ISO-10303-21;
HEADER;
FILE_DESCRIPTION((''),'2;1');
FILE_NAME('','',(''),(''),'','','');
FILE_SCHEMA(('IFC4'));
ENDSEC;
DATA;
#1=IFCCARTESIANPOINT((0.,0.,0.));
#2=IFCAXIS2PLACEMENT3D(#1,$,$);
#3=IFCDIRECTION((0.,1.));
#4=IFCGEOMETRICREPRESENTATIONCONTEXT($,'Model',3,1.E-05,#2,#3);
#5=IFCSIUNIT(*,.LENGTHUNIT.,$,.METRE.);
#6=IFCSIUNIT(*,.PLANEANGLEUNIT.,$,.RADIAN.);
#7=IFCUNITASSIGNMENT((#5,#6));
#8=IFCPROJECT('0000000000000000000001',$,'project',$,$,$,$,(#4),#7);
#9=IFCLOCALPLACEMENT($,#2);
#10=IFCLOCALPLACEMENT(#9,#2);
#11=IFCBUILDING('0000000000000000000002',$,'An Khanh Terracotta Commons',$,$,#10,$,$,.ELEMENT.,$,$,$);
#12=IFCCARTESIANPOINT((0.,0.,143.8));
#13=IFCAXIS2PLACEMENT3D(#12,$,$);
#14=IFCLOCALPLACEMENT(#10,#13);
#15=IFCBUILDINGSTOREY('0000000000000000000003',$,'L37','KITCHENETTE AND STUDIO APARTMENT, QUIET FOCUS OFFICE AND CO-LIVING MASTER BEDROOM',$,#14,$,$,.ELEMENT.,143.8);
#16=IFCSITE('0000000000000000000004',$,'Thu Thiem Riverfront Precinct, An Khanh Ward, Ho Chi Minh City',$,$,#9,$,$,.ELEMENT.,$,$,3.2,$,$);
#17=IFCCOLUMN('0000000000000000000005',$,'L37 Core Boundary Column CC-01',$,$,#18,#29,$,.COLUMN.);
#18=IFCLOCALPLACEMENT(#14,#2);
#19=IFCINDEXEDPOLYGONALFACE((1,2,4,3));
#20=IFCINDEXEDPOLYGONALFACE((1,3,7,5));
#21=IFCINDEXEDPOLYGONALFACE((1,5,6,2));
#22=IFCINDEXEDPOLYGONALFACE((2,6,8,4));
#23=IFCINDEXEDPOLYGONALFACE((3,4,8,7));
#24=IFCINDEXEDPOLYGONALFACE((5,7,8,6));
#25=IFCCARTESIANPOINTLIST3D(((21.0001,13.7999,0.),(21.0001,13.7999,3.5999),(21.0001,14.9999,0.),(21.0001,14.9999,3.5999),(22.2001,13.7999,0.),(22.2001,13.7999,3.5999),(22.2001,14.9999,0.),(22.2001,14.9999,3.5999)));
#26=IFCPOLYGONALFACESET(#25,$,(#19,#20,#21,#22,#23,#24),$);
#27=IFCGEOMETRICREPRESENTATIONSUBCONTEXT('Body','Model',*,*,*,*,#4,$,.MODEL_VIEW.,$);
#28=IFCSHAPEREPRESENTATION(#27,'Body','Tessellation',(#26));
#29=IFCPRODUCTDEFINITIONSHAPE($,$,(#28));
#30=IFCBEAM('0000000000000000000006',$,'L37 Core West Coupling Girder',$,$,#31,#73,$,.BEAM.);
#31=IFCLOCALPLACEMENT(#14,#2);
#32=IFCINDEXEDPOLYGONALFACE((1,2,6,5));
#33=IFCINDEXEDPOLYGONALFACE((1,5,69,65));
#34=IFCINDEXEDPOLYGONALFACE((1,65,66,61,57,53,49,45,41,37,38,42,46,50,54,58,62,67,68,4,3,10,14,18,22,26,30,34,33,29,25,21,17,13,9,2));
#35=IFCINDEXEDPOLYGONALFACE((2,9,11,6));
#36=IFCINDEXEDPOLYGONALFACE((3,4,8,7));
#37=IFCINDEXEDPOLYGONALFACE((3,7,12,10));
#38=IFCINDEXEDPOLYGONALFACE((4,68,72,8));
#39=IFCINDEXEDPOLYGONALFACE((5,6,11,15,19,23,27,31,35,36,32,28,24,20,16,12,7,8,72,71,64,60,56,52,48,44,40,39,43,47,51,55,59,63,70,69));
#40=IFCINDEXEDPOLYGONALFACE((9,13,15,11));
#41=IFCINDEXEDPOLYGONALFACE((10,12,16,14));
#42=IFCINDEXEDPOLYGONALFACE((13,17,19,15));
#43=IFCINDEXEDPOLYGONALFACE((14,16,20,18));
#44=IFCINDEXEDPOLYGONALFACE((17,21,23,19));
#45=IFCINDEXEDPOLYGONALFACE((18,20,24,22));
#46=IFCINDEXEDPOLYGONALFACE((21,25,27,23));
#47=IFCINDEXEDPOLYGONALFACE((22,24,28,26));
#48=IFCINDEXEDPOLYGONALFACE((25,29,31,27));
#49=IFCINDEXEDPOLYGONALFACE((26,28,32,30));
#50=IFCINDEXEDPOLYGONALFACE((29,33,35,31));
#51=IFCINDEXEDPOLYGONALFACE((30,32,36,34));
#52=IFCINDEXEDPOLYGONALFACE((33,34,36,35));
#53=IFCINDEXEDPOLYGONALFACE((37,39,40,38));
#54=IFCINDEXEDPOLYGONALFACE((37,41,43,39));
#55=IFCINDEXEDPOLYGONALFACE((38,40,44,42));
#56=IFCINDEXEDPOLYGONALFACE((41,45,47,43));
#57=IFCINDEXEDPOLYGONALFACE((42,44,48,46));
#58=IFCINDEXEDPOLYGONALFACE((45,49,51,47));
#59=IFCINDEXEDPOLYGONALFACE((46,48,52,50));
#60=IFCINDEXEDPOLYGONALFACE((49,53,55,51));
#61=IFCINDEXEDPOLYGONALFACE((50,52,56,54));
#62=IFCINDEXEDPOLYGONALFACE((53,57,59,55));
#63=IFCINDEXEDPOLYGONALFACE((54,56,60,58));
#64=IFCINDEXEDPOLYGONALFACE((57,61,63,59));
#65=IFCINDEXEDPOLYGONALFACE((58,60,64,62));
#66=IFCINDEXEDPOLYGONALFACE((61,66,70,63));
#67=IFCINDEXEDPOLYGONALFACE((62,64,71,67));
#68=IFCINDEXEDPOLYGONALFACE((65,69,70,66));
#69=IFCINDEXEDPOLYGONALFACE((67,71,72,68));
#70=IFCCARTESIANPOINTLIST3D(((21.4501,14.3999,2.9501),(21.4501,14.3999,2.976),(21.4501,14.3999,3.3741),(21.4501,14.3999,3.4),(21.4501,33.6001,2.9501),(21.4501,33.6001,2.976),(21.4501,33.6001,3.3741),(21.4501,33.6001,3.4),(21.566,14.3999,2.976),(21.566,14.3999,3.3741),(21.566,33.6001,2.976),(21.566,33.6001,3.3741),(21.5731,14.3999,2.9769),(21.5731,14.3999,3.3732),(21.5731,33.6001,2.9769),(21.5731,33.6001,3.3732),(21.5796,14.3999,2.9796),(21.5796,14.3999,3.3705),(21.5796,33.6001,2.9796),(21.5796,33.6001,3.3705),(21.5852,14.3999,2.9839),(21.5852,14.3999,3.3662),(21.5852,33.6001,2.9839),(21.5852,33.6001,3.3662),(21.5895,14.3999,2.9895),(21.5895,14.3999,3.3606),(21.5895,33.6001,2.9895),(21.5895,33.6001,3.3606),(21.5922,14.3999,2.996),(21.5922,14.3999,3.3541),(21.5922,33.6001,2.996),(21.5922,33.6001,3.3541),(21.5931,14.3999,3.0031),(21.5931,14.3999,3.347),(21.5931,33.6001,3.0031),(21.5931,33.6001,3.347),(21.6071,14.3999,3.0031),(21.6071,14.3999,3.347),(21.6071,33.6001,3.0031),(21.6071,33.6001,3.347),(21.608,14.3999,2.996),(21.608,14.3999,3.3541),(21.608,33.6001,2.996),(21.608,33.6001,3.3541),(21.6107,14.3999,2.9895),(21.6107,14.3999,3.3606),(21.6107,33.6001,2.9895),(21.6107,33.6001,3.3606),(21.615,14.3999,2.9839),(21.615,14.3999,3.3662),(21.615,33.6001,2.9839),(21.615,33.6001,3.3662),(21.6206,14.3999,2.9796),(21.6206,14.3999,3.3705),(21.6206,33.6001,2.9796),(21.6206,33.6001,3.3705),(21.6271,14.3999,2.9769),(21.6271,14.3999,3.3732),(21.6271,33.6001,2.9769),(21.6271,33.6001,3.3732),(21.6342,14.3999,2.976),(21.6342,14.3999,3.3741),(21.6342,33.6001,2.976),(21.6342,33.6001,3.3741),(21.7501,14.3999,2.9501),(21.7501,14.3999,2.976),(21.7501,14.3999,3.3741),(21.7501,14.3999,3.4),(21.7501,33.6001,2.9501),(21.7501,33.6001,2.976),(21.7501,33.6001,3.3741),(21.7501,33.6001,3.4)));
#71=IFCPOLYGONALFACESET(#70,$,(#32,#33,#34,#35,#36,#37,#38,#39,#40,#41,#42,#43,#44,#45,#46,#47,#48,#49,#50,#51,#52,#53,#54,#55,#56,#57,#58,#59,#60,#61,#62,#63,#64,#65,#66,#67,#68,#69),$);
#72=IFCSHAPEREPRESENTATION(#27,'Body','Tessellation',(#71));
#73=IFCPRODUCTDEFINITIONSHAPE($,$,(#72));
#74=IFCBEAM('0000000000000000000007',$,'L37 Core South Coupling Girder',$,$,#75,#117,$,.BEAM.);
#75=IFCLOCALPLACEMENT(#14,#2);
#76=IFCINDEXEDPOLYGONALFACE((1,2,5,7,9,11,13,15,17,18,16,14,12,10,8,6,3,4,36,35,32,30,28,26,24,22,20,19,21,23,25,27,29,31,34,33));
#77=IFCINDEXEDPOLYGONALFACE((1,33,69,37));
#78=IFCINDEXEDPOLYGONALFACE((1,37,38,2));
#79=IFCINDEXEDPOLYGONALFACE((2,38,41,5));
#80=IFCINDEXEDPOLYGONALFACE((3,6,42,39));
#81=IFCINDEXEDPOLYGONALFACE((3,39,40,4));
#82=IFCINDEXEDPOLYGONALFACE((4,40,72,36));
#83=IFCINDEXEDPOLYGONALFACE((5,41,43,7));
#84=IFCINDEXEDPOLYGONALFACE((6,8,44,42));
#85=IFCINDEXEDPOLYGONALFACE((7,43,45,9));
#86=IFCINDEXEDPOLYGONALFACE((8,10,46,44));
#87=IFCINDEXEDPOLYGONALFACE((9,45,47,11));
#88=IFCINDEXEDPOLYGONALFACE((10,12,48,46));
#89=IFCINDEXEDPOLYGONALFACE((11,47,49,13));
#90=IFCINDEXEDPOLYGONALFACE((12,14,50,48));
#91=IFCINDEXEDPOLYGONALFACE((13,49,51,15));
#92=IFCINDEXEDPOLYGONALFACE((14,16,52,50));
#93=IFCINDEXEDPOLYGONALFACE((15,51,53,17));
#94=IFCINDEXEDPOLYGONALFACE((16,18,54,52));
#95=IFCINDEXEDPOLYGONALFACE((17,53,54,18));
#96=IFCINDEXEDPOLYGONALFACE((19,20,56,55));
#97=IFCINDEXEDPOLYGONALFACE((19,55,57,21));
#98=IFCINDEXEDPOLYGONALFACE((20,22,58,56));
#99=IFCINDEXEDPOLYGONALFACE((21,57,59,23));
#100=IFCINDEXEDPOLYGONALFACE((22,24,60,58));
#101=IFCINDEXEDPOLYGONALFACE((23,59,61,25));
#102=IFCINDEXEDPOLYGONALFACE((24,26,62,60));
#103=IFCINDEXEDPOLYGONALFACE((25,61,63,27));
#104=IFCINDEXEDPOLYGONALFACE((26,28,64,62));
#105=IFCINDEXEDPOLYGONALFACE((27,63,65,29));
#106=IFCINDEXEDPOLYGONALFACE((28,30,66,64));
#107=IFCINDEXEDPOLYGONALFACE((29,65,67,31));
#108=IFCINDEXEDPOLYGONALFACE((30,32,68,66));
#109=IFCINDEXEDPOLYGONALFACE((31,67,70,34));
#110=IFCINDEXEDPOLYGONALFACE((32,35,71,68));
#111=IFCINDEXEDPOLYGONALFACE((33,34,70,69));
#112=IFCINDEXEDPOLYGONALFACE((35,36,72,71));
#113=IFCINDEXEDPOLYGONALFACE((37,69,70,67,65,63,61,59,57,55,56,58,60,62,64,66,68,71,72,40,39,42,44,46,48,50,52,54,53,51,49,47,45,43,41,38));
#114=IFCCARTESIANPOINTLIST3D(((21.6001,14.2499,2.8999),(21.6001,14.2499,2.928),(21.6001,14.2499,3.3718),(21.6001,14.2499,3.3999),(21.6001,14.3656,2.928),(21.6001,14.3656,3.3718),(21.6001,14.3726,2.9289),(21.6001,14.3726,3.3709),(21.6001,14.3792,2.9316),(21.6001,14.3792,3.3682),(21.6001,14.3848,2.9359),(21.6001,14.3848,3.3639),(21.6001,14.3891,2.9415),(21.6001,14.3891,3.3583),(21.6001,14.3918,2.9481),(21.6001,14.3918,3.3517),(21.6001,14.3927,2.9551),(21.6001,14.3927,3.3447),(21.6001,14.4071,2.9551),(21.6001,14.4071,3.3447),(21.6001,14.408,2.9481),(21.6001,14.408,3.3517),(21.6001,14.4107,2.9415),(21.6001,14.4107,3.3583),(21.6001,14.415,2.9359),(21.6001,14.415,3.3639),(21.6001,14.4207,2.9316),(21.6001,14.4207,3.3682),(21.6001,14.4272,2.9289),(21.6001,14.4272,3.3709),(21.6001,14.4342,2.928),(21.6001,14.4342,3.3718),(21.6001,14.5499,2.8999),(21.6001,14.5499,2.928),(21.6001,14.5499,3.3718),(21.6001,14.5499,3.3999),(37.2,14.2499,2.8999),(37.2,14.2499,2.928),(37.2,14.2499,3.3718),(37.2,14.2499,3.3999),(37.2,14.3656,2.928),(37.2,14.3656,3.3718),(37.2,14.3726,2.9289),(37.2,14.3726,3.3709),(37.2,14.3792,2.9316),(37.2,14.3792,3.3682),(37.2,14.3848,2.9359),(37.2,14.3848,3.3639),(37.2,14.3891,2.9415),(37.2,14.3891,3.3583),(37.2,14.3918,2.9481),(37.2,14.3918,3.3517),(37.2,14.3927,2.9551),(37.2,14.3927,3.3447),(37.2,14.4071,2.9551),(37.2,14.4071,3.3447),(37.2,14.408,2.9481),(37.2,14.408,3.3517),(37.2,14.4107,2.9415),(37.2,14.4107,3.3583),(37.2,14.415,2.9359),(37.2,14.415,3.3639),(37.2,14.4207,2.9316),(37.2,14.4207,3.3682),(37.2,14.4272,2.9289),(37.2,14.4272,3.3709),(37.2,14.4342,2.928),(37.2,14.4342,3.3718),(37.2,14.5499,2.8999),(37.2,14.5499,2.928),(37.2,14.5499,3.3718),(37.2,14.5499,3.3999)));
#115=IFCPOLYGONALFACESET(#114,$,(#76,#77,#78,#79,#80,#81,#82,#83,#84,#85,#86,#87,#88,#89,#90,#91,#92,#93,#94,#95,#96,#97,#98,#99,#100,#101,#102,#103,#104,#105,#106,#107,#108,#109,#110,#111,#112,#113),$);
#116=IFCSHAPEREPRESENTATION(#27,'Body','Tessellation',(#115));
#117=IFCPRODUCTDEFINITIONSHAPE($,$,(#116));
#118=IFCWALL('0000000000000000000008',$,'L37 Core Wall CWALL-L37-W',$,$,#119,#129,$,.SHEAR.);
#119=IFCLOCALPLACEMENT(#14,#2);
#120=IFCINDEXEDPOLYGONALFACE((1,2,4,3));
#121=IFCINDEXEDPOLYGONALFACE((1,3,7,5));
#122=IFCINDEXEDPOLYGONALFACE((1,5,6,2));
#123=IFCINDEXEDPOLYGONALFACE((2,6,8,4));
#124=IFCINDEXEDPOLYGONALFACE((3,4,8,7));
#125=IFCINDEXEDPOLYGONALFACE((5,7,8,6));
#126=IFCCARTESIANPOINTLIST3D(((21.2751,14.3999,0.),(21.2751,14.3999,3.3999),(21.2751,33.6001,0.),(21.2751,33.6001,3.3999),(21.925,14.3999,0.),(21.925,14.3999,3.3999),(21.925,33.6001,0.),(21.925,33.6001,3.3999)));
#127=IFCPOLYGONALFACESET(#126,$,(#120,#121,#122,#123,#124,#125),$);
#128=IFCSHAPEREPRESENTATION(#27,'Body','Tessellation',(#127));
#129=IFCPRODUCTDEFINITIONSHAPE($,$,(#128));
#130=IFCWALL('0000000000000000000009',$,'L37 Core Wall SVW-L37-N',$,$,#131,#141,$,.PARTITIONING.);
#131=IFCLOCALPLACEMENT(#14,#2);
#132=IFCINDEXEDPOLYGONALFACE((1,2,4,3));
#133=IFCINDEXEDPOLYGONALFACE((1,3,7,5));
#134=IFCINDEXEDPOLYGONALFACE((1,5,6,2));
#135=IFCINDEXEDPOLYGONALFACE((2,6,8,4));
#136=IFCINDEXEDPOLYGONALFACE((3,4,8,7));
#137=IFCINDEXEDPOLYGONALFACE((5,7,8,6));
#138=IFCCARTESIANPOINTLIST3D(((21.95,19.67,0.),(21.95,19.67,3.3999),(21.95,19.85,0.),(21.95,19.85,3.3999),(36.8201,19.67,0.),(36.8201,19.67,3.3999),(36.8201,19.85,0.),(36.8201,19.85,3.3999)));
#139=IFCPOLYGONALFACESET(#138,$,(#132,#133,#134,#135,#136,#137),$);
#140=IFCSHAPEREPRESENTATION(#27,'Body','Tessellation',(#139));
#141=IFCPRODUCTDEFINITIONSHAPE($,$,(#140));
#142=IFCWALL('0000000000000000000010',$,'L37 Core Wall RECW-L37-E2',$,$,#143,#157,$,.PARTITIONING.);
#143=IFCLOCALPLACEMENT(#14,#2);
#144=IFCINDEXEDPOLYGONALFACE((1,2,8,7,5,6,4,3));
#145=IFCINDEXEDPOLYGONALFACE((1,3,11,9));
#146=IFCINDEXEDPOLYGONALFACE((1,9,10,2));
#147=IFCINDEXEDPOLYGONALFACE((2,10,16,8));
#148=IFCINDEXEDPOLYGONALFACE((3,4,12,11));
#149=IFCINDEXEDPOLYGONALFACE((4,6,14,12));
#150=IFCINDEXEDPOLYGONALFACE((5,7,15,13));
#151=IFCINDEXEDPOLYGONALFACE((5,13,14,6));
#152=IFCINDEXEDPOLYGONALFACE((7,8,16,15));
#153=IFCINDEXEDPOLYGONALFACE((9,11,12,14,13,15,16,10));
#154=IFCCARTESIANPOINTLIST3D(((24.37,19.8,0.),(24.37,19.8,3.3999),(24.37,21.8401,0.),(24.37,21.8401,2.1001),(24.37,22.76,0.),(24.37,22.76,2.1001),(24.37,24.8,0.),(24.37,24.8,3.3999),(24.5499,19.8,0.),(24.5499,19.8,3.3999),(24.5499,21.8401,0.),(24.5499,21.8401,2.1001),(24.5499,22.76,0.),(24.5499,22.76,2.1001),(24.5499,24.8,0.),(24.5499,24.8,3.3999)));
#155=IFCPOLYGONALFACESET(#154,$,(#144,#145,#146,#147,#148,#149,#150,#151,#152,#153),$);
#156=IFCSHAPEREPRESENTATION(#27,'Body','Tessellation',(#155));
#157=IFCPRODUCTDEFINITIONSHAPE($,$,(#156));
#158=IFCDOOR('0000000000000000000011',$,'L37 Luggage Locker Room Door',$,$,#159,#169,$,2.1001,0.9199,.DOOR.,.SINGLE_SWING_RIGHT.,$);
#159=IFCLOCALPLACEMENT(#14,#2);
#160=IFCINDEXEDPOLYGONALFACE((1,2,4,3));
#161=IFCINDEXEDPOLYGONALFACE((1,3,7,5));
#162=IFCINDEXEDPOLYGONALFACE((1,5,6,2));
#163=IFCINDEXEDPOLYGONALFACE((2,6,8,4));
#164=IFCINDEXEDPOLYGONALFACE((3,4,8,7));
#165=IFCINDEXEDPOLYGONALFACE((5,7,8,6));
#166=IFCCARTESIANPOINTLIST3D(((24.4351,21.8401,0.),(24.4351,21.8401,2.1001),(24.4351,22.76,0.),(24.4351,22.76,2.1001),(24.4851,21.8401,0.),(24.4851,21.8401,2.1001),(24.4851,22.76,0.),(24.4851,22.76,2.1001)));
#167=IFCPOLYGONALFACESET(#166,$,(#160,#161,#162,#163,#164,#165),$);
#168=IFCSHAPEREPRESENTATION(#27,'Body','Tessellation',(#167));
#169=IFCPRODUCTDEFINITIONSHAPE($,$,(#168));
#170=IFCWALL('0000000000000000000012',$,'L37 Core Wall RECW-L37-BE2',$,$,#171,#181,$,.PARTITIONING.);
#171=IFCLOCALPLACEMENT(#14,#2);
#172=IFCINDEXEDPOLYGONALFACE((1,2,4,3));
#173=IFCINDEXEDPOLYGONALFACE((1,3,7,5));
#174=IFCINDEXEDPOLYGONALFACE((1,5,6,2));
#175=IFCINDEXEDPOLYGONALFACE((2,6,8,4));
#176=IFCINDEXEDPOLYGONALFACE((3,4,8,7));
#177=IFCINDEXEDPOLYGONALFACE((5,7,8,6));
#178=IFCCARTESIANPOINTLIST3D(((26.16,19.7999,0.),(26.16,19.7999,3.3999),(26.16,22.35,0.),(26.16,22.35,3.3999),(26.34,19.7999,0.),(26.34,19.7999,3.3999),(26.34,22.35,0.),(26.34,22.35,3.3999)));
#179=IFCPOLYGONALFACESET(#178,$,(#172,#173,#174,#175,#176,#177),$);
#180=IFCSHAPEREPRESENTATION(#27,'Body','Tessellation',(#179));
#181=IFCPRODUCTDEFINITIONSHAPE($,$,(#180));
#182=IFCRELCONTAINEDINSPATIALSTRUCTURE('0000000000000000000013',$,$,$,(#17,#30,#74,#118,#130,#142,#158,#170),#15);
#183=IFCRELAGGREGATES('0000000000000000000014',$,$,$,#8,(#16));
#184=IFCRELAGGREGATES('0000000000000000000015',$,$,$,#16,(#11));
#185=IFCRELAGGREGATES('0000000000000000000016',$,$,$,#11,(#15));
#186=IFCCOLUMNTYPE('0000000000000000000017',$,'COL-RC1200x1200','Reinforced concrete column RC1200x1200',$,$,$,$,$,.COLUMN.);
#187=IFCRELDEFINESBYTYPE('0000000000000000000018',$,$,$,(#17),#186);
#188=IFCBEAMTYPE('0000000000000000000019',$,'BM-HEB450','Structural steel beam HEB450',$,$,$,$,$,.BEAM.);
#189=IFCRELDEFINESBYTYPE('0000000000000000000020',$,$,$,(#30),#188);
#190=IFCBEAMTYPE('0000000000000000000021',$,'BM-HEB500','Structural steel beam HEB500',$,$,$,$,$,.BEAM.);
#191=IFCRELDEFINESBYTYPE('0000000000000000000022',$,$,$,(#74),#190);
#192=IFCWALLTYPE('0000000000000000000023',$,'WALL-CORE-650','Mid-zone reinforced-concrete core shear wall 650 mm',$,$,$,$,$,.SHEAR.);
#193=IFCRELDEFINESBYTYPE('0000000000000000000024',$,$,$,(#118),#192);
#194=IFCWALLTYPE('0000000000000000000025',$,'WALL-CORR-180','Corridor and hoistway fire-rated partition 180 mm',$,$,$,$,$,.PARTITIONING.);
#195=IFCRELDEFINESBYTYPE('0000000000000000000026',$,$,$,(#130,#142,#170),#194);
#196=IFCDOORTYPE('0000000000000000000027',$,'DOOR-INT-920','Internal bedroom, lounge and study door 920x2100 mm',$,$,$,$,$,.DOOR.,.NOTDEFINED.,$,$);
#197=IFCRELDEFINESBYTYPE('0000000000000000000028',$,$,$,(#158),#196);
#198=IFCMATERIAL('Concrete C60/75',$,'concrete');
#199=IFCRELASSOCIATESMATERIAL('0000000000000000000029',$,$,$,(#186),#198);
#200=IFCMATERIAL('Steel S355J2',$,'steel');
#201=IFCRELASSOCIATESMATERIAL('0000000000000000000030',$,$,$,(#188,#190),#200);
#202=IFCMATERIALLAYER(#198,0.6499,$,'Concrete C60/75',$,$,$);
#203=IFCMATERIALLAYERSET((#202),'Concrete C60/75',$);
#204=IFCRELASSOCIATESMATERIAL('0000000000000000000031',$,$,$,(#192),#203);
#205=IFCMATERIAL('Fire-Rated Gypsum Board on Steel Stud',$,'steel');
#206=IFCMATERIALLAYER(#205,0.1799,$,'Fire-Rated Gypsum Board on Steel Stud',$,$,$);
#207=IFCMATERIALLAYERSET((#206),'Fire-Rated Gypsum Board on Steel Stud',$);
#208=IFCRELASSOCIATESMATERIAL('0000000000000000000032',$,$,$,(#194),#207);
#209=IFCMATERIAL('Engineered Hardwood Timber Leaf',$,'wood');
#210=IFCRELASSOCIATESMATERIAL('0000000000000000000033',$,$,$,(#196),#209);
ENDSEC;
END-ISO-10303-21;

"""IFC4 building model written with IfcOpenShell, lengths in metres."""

from ifc_helpers import new_model, si_unit, direction, frame, frame_2d, origin, origin_2d, place, context, subcontext, project, spatial, rectangle, i_section, extrude, material, layer, layer_set, material_profile, profile_set, type_object, element, fill, save


model = new_model("IFC4")

# Units and contexts
model_context = context("Model", 3, precision=1e-05, world=origin(), true_north=direction((0.0, 1.0)))
body_context = subcontext(model_context, "Body", "Model", "MODEL_VIEW")
ifc_project = project(units=[si_unit("LENGTHUNIT", "METRE"), si_unit("PLANEANGLEUNIT", "RADIAN")], contexts=[model_context])

# Site, building, storey
site_placement = place(None, origin())
site = spatial("IfcSite", under=ifc_project, at=site_placement, Name="Thu Thiem Riverfront Precinct, An Khanh Ward, Ho Chi Minh City", CompositionType="ELEMENT", RefElevation=3.2)
building_placement = place(site_placement, origin())
building = spatial("IfcBuilding", under=site, at=building_placement, Name="An Khanh Terracotta Commons", CompositionType="ELEMENT")
storey_placement = place(building_placement, frame((0.0, 0.0, 143.8)))
storey = spatial("IfcBuildingStorey", under=building, at=storey_placement, Name="L37", Description="KITCHENETTE AND STUDIO APARTMENT, QUIET FOCUS OFFICE AND CO-LIVING MASTER BEDROOM", CompositionType="ELEMENT", Elevation=143.8)

# Column
ifc_material_1 = material(Name="Concrete C60/75", Category="concrete")
ifc_material_profile_1 = material_profile(ifc_material_1, rectangle(XDim=1.2, YDim=1.2, at=origin_2d()), Name="RC1200x1200")
ifc_profile_set_1 = profile_set([ifc_material_profile_1], Name="Concrete C60/75")
column_type = type_object("IfcColumnType", Name="COL-RC1200x1200", Description="Reinforced concrete column RC1200x1200", PredefinedType="COLUMN", material=ifc_profile_set_1)
column_placement = place(storey_placement, frame((21.6001, 14.3999, 0.0), z_axis=(0.0, 0.0, 1.0), x_axis=(1.0, 0.0, 0.0)))
element("IfcColumn", 1, at=column_placement, inside=storey, type_object=column_type, Name="L37 Core Boundary Column CC-01", PredefinedType="COLUMN", context=body_context, shape_type="SweptSolid", body=[
    extrude(rectangle(XDim=1.2, YDim=1.2, at=origin_2d()), origin(), (0.0, 0.0, 1.0), 3.5999),
])

# Beams
ifc_material_2 = material(Name="Steel S355J2", Category="steel")
ifc_material_profile_2 = material_profile(ifc_material_2, i_section(OverallWidth=0.3, OverallDepth=0.45, WebThickness=0.0139, FlangeThickness=0.0259, FilletRadius=0.0271, at=origin_2d()), Name="HEB450")
ifc_profile_set_2 = profile_set([ifc_material_profile_2], Name="Steel S355J2")
beam_type_1 = type_object("IfcBeamType", Name="BM-HEB450", Description="Structural steel beam HEB450", PredefinedType="BEAM", material=ifc_profile_set_2)
beam_1_placement = place(storey_placement, frame((21.6001, 14.3999, 3.175), z_axis=(0.0, 1.0, 0.0), x_axis=(-1.0, 0.0, 0.0)))
element("IfcBeam", 2, at=beam_1_placement, inside=storey, type_object=beam_type_1, Name="L37 Core West Coupling Girder", PredefinedType="BEAM", context=body_context, shape_type="SweptSolid", body=[
    extrude(i_section(OverallWidth=0.3, OverallDepth=0.45, WebThickness=0.0139, FlangeThickness=0.0259, FilletRadius=0.0271, at=origin_2d()), origin(), (0.0, 0.0, 1.0), 19.2002),
])
ifc_material_profile_3 = material_profile(ifc_material_2, i_section(OverallWidth=0.3, OverallDepth=0.5, WebThickness=0.0144, FlangeThickness=0.0281, FilletRadius=0.0271, at=origin_2d()), Name="HEB500")
ifc_profile_set_3 = profile_set([ifc_material_profile_3], Name="Steel S355J2")
beam_type_2 = type_object("IfcBeamType", Name="BM-HEB500", Description="Structural steel beam HEB500", PredefinedType="BEAM", material=ifc_profile_set_3)
beam_2_placement = place(storey_placement, frame((21.6001, 14.3999, 3.1499), z_axis=(1.0, 0.0, 0.0), x_axis=(0.0, 1.0, 0.0)))
element("IfcBeam", 3, at=beam_2_placement, inside=storey, type_object=beam_type_2, Name="L37 Core South Coupling Girder", PredefinedType="BEAM", context=body_context, shape_type="SweptSolid", body=[
    extrude(i_section(OverallWidth=0.3, OverallDepth=0.5, WebThickness=0.0144, FlangeThickness=0.0281, FilletRadius=0.0271, at=origin_2d()), origin(), (0.0, 0.0, 1.0), 15.5999),
])

# Walls
ifc_layer_1 = layer(ifc_material_1, 0.6499, Name="Concrete C60/75")
ifc_layer_set_1 = layer_set([ifc_layer_1], Name="Concrete C60/75")
wall_type_1 = type_object("IfcWallType", Name="WALL-CORE-650", Description="Mid-zone reinforced-concrete core shear wall 650 mm", PredefinedType="SHEAR", material=ifc_layer_set_1)
wall_1_placement = place(storey_placement, frame((21.6001, 14.3999, 0.0), z_axis=(0.0, 0.0, 1.0), x_axis=(0.0, 1.0, 0.0)))
element("IfcWall", 4, at=wall_1_placement, inside=storey, type_object=wall_type_1, Name="L37 Core Wall CWALL-L37-W", PredefinedType="SHEAR", context=body_context, shape_type="SweptSolid", body=[
    extrude(rectangle(XDim=19.2002, YDim=0.6499, at=frame_2d((9.6001, 0.0))), origin(), (0.0, 0.0, 1.0), 3.3999),
])
ifc_material_3 = material(Name="Fire-Rated Gypsum Board on Steel Stud", Category="steel")
ifc_layer_2 = layer(ifc_material_3, 0.1799, Name="Fire-Rated Gypsum Board on Steel Stud")
ifc_layer_set_2 = layer_set([ifc_layer_2], Name="Fire-Rated Gypsum Board on Steel Stud")
wall_type_2 = type_object("IfcWallType", Name="WALL-CORR-180", Description="Corridor and hoistway fire-rated partition 180 mm", PredefinedType="PARTITIONING", material=ifc_layer_set_2)
wall_2_placement = place(storey_placement, frame((21.95, 19.76, 0.0), z_axis=(0.0, 0.0, 1.0), x_axis=(1.0, 0.0, 0.0)))
element("IfcWall", 5, at=wall_2_placement, inside=storey, type_object=wall_type_2, Name="L37 Core Wall SVW-L37-N", PredefinedType="PARTITIONING", context=body_context, shape_type="SweptSolid", body=[
    extrude(rectangle(XDim=14.8701, YDim=0.1799, at=frame_2d((7.4351, 0.0))), origin(), (0.0, 0.0, 1.0), 3.3999),
])

# Wall, opening, door
wall_3_placement = place(storey_placement, frame((24.46, 19.8, 0.0), z_axis=(0.0, 0.0, 1.0), x_axis=(0.0, 1.0, 0.0)))
wall_3 = element("IfcWall", 6, at=wall_3_placement, inside=storey, type_object=wall_type_2, Name="L37 Core Wall RECW-L37-E2", PredefinedType="PARTITIONING", context=body_context, shape_type="SweptSolid", body=[
    extrude(rectangle(XDim=5.0, YDim=0.1799, at=frame_2d((2.5, 0.0))), origin(), (0.0, 0.0, 1.0), 3.3999),
])
opening_1_placement = place(wall_3_placement, frame((2.04, 0.0, 0.0)))
opening_1 = element("IfcOpeningElement", 7, at=opening_1_placement, cuts=wall_3, PredefinedType="OPENING", context=body_context, shape_type="SweptSolid", body=[
    extrude(rectangle(XDim=0.9199, YDim=2.1001, at=frame_2d((0.46, 1.05))), frame((0.0, 0.0999, 0.0), z_axis=(0.0, -1.0, 0.0), x_axis=(1.0, 0.0, 0.0)), (0.0, 0.0, 1.0), 0.2),
])
ifc_material_4 = material(Name="Engineered Hardwood Timber Leaf", Category="wood")
door_type_1 = type_object("IfcDoorType", Name="DOOR-INT-920", Description="Internal bedroom, lounge and study door 920x2100 mm", OperationType="NOTDEFINED", PredefinedType="DOOR", material=ifc_material_4)
door_1_placement = place(opening_1_placement, origin())
door_1 = element("IfcDoor", 8, at=door_1_placement, inside=storey, type_object=door_type_1, Name="L37 Luggage Locker Room Door", OperationType="SINGLE_SWING_RIGHT", OverallHeight=2.1001, OverallWidth=0.9199, PredefinedType="DOOR", context=body_context, shape_type="SweptSolid", body=[
    extrude(rectangle(XDim=0.9199, YDim=2.1001, at=frame_2d((0.46, 1.05))), frame((0.0, 0.0249, 0.0), z_axis=(0.0, -1.0, 0.0), x_axis=(1.0, 0.0, 0.0)), (0.0, 0.0, 1.0), 0.05),
])
fill(opening_1, door_1)

# Wall
wall_4_placement = place(storey_placement, frame((26.25, 19.8, 0.0), z_axis=(0.0, 0.0, 1.0), x_axis=(0.0, 1.0, 0.0)))
element("IfcWall", 9, at=wall_4_placement, inside=storey, type_object=wall_type_2, Name="L37 Core Wall RECW-L37-BE2", PredefinedType="PARTITIONING", context=body_context, shape_type="SweptSolid", body=[
    extrude(rectangle(XDim=2.55, YDim=0.1799, at=frame_2d((1.2749, 0.0))), origin(), (0.0, 0.0, 1.0), 3.3999),
])

save(model, "model.ifc")
